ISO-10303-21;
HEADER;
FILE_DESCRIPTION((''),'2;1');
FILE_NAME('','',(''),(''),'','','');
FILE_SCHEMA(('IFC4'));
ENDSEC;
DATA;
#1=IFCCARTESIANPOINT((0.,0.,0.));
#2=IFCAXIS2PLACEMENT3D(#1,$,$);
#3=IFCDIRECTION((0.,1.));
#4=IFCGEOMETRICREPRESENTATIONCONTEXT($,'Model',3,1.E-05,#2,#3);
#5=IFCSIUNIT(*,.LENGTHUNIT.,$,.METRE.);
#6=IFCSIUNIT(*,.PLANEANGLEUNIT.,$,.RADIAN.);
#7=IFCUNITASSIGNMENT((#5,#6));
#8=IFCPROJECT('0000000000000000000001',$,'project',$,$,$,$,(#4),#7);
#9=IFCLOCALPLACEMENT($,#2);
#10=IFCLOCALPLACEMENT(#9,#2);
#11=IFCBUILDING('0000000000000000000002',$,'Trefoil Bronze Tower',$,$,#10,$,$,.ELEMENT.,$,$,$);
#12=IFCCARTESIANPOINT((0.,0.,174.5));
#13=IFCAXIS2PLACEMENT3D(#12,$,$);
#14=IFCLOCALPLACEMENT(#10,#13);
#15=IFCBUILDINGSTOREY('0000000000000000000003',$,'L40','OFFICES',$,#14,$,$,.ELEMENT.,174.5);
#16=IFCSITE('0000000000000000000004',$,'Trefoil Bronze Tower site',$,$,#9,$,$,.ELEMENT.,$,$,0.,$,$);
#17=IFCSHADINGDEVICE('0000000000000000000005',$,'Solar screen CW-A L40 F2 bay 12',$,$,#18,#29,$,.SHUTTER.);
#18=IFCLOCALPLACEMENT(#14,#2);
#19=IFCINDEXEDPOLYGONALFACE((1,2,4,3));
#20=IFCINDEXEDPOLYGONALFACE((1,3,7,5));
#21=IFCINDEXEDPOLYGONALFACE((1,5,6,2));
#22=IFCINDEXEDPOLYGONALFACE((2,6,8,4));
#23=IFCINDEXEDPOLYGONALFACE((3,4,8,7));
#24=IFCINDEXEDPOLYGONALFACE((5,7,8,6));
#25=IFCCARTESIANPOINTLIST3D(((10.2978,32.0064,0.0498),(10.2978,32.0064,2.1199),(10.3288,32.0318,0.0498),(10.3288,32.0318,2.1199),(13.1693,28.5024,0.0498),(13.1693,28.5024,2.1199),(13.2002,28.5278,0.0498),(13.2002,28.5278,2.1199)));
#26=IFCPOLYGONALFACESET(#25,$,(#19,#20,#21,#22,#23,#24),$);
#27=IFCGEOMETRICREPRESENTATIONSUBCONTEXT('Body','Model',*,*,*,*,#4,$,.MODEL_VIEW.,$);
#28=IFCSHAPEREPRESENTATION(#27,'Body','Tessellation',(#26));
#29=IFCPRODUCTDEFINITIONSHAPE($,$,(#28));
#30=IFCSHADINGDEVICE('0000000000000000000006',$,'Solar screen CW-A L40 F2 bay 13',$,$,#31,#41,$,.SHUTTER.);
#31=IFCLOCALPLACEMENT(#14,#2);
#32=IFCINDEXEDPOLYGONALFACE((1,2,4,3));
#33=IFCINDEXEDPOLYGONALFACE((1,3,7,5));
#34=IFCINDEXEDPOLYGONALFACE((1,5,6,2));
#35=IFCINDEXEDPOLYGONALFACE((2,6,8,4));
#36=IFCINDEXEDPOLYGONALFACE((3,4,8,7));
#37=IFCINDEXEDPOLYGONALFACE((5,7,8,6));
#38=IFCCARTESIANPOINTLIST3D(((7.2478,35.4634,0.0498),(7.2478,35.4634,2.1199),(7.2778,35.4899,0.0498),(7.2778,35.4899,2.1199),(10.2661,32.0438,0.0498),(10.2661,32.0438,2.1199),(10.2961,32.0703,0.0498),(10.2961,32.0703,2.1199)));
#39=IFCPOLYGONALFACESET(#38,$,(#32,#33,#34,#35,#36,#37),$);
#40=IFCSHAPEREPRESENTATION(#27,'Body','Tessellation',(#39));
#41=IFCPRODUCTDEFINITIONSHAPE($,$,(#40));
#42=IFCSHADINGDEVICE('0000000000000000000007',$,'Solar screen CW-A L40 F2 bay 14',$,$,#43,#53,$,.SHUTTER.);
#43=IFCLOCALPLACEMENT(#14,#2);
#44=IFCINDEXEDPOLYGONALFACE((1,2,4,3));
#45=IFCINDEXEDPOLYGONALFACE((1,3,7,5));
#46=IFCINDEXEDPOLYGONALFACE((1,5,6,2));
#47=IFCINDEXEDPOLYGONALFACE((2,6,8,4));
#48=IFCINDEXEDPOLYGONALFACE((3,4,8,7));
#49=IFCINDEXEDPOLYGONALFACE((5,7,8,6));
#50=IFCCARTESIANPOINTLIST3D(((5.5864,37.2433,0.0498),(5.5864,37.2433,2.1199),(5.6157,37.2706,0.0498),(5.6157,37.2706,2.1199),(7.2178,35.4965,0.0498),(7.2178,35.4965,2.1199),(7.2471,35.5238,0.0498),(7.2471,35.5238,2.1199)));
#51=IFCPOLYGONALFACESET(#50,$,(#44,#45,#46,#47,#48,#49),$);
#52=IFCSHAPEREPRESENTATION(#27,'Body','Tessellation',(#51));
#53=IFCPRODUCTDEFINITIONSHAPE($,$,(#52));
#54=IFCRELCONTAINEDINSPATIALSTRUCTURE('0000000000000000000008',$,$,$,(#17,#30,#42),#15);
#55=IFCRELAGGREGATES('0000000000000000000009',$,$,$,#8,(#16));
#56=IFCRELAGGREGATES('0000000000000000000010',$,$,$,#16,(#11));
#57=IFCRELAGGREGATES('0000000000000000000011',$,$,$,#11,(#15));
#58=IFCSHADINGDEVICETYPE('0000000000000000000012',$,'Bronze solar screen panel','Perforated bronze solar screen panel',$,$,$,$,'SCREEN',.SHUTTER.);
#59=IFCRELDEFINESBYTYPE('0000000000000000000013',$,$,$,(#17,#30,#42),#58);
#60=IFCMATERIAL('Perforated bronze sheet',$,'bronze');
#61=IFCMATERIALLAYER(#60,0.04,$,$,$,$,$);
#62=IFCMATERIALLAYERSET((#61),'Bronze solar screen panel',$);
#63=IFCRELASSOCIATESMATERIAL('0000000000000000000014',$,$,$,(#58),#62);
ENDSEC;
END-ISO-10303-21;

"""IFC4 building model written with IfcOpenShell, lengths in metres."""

from ifc_helpers import new_model, si_unit, direction, frame, origin, origin_2d, place, context, subcontext, project, spatial, rectangle, extrude, material, layer, layer_set, type_object, element, save


model = new_model("IFC4")

# Units and contexts
model_context = context("Model", 3, precision=1e-05, world=origin(), true_north=direction((0.0, 1.0)))
body_context = subcontext(model_context, "Body", "Model", "MODEL_VIEW")
ifc_project = project(units=[si_unit("LENGTHUNIT", "METRE"), si_unit("PLANEANGLEUNIT", "RADIAN")], contexts=[model_context])

# Site, building, storey
site_placement = place(None, origin())
site = spatial("IfcSite", under=ifc_project, at=site_placement, Name="Trefoil Bronze Tower site", CompositionType="ELEMENT", RefElevation=0.0)
building_placement = place(site_placement, origin())
building = spatial("IfcBuilding", under=site, at=building_placement, Name="Trefoil Bronze Tower", CompositionType="ELEMENT")
storey_placement = place(building_placement, frame((0.0, 0.0, 174.5)))
storey = spatial("IfcBuildingStorey", under=building, at=storey_placement, Name="L40", Description="OFFICES", CompositionType="ELEMENT", Elevation=174.5)

# Shading devices
ifc_material_1 = material(Name="Perforated bronze sheet", Category="bronze")
ifc_layer_1 = layer(ifc_material_1, 0.04)
ifc_layer_set_1 = layer_set([ifc_layer_1], Name="Bronze solar screen panel")
shading_device_type = type_object("IfcShadingDeviceType", Name="Bronze solar screen panel", Description="Perforated bronze solar screen panel", ElementType="SCREEN", PredefinedType="SHUTTER", material=ifc_layer_set_1)
shading_device_1_placement = place(storey_placement, frame((11.749, 30.2671, 0.0498), z_axis=(0.0, 0.0, 1.0), x_axis=(-0.63384, 0.773464, 0.0)))
element("IfcShadingDevice", 1, at=shading_device_1_placement, inside=storey, type_object=shading_device_type, Name="Solar screen CW-A L40 F2 bay 12", PredefinedType="SHUTTER", context=body_context, shape_type="SweptSolid", body=[
    extrude(rectangle(XDim=4.5303, YDim=0.04, at=origin_2d()), origin(), (0.0, 0.0, 1.0), 2.0701),
])
shading_device_2_placement = place(storey_placement, frame((8.772, 33.7668, 0.0498), z_axis=(0.0, 0.0, 1.0), x_axis=(-0.661751, 0.749723, 0.0)))
element("IfcShadingDevice", 2, at=shading_device_2_placement, inside=storey, type_object=shading_device_type, Name="Solar screen CW-A L40 F2 bay 13", PredefinedType="SHUTTER", context=body_context, shape_type="SweptSolid", body=[
    extrude(rectangle(XDim=4.561, YDim=0.04, at=origin_2d()), origin(), (0.0, 0.0, 1.0), 2.0701),
])
shading_device_3_placement = place(storey_placement, frame((6.4167, 36.3835, 0.0498), z_axis=(0.0, 0.0, 1.0), x_axis=(-0.682536, 0.730852, 0.0)))
element("IfcShadingDevice", 3, at=shading_device_3_placement, inside=storey, type_object=shading_device_type, Name="Solar screen CW-A L40 F2 bay 14", PredefinedType="SHUTTER", context=body_context, shape_type="SweptSolid", body=[
    extrude(rectangle(XDim=2.3901, YDim=0.04, at=origin_2d()), origin(), (0.0, 0.0, 1.0), 2.0701),
])

save(model, "model.ifc")
